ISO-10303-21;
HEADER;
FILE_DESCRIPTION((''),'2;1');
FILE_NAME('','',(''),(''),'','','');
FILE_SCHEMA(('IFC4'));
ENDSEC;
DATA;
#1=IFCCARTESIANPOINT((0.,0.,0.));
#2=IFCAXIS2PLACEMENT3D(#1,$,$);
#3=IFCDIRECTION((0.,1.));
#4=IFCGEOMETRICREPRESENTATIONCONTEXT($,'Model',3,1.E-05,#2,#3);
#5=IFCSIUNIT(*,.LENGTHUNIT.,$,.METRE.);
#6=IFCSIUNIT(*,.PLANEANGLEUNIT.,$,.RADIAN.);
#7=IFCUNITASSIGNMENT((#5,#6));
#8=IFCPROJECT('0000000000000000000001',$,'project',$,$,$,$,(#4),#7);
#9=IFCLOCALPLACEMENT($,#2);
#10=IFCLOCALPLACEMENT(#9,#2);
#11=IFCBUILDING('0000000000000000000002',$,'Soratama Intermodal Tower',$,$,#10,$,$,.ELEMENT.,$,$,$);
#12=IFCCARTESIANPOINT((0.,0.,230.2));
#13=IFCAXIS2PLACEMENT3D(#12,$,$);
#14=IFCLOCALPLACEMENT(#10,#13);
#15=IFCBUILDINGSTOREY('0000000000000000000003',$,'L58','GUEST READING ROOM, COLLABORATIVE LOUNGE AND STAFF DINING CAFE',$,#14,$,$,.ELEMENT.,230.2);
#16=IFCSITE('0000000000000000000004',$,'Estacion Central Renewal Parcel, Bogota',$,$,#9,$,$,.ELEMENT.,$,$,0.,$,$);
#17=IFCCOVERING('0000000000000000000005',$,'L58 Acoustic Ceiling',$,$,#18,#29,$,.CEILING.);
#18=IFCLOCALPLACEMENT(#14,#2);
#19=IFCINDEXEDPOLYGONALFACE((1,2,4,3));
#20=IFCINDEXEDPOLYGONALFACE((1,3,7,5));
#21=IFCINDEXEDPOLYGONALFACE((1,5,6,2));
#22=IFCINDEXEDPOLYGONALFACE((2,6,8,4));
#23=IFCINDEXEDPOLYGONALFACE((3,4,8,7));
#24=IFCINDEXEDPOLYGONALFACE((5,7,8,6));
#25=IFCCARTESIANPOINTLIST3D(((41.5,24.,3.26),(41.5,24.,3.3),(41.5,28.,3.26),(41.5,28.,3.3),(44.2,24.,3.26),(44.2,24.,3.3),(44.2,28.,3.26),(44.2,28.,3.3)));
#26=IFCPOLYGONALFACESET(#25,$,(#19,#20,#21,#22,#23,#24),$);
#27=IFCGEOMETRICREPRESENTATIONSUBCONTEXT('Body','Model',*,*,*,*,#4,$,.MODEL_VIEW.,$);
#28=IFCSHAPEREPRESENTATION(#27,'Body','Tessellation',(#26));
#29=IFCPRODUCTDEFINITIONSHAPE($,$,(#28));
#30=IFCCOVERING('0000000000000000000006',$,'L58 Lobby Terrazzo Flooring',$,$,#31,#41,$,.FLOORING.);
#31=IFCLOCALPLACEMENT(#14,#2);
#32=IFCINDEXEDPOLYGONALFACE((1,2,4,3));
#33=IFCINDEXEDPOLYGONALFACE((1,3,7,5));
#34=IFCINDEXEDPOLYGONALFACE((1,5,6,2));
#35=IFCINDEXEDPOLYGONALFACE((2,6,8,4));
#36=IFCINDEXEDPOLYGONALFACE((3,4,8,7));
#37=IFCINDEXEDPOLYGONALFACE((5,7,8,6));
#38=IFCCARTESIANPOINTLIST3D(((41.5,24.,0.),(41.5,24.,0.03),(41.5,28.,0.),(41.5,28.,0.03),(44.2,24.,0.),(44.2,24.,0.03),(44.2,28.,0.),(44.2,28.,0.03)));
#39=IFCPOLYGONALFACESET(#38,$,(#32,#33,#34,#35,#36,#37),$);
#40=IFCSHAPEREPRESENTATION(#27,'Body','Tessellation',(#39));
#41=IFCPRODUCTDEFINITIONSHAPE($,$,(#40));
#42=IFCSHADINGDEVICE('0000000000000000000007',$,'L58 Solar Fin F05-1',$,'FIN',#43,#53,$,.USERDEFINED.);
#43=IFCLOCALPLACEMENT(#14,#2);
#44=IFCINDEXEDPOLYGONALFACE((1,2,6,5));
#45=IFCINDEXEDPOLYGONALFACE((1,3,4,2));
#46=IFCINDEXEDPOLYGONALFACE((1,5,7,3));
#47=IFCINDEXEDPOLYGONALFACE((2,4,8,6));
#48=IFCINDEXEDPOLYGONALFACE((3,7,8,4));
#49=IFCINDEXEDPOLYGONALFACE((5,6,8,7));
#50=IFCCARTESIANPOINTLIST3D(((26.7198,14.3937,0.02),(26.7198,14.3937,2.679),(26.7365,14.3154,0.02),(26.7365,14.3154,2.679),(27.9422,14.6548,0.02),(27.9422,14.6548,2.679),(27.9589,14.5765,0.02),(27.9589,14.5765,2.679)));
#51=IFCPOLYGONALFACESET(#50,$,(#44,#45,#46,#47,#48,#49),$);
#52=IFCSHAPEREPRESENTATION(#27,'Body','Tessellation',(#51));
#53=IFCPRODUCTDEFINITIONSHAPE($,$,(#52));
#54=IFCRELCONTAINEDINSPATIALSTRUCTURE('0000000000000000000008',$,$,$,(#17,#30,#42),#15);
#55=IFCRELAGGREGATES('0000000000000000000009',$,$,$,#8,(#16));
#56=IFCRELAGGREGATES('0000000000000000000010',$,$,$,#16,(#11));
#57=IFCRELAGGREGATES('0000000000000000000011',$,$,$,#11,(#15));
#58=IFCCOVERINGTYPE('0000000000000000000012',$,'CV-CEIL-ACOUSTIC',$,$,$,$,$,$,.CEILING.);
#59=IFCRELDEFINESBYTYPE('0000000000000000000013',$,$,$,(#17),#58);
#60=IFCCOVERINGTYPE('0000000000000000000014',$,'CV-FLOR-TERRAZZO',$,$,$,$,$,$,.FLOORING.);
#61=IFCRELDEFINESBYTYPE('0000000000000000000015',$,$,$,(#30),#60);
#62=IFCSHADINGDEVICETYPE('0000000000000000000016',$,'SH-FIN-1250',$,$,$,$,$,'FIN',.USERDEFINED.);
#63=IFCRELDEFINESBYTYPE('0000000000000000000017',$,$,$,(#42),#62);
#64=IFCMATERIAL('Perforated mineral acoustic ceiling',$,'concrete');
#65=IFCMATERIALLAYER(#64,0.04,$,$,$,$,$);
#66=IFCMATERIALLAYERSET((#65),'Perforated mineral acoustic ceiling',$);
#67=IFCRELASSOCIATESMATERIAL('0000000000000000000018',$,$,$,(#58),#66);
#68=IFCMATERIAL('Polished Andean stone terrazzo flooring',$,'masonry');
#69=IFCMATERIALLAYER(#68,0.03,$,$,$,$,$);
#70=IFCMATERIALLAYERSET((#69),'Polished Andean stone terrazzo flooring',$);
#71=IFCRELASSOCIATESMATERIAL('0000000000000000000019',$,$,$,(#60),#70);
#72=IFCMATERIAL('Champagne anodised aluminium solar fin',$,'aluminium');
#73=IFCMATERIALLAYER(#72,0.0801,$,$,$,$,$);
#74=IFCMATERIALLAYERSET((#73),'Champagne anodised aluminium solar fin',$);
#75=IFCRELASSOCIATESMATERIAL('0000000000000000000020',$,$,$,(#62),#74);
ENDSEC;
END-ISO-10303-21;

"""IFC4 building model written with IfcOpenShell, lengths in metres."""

from ifc_helpers import new_model, si_unit, direction, frame, origin, origin_2d, place, context, subcontext, project, spatial, polyline, rectangle, outline, extrude, material, layer, layer_set, type_object, element, save


model = new_model("IFC4")

# Units and contexts
model_context = context("Model", 3, precision=1e-05, world=origin(), true_north=direction((0.0, 1.0)))
body_context = subcontext(model_context, "Body", "Model", "MODEL_VIEW")
ifc_project = project(units=[si_unit("LENGTHUNIT", "METRE"), si_unit("PLANEANGLEUNIT", "RADIAN")], contexts=[model_context])

# Site, building, storey
site_placement = place(None, origin())
site = spatial("IfcSite", under=ifc_project, at=site_placement, Name="Estacion Central Renewal Parcel, Bogota", CompositionType="ELEMENT", RefElevation=0.0)
building_placement = place(site_placement, origin())
building = spatial("IfcBuilding", under=site, at=building_placement, Name="Soratama Intermodal Tower", CompositionType="ELEMENT")
storey_placement = place(building_placement, frame((0.0, 0.0, 230.2)))
storey = spatial("IfcBuildingStorey", under=building, at=storey_placement, Name="L58", Description="GUEST READING ROOM, COLLABORATIVE LOUNGE AND STAFF DINING CAFE", CompositionType="ELEMENT", Elevation=230.2)

# Coverings
ifc_material_1 = material(Name="Perforated mineral acoustic ceiling", Category="concrete")
ifc_layer_1 = layer(ifc_material_1, 0.04)
ifc_layer_set_1 = layer_set([ifc_layer_1], Name="Perforated mineral acoustic ceiling")
covering_type_1 = type_object("IfcCoveringType", Name="CV-CEIL-ACOUSTIC", PredefinedType="CEILING", material=ifc_layer_set_1)
covering_1_placement = place(storey_placement, frame((0.0, 0.0, 3.26)))
element("IfcCovering", 1, at=covering_1_placement, inside=storey, type_object=covering_type_1, Name="L58 Acoustic Ceiling", PredefinedType="CEILING", context=body_context, shape_type="SweptSolid", body=[
    extrude(outline(polyline([(41.5, 24.0), (44.2, 24.0), (44.2, 28.0), (41.5, 28.0), (41.5, 24.0)])), origin(), (0.0, 0.0, 1.0), 0.04),
])
ifc_material_2 = material(Name="Polished Andean stone terrazzo flooring", Category="masonry")
ifc_layer_2 = layer(ifc_material_2, 0.03)
ifc_layer_set_2 = layer_set([ifc_layer_2], Name="Polished Andean stone terrazzo flooring")
covering_type_2 = type_object("IfcCoveringType", Name="CV-FLOR-TERRAZZO", PredefinedType="FLOORING", material=ifc_layer_set_2)
covering_2_placement = place(storey_placement, origin())
element("IfcCovering", 2, at=covering_2_placement, inside=storey, type_object=covering_type_2, Name="L58 Lobby Terrazzo Flooring", PredefinedType="FLOORING", context=body_context, shape_type="SweptSolid", body=[
    extrude(outline(polyline([(41.5, 24.0), (44.2, 24.0), (44.2, 28.0), (41.5, 28.0), (41.5, 24.0)])), origin(), (0.0, 0.0, 1.0), 0.03),
])

# Shading device
ifc_material_3 = material(Name="Champagne anodised aluminium solar fin", Category="aluminium")
ifc_layer_3 = layer(ifc_material_3, 0.0801)
ifc_layer_set_3 = layer_set([ifc_layer_3], Name="Champagne anodised aluminium solar fin")
shading_device_type = type_object("IfcShadingDeviceType", Name="SH-FIN-1250", ElementType="FIN", PredefinedType="USERDEFINED", material=ifc_layer_set_3)
shading_device_placement = place(storey_placement, frame((27.3394, 14.4851, 0.02), z_axis=(0.0, 0.0, 1.0), x_axis=(-0.977929, -0.208936, 0.0)))
element("IfcShadingDevice", 3, at=shading_device_placement, inside=storey, type_object=shading_device_type, Name="L58 Solar Fin F05-1", ObjectType="FIN", PredefinedType="USERDEFINED", context=body_context, shape_type="SweptSolid", body=[
    extrude(rectangle(XDim=1.25, YDim=0.0801, at=origin_2d()), origin(), (0.0, 0.0, 1.0), 2.6589),
])

save(model, "model.ifc")
